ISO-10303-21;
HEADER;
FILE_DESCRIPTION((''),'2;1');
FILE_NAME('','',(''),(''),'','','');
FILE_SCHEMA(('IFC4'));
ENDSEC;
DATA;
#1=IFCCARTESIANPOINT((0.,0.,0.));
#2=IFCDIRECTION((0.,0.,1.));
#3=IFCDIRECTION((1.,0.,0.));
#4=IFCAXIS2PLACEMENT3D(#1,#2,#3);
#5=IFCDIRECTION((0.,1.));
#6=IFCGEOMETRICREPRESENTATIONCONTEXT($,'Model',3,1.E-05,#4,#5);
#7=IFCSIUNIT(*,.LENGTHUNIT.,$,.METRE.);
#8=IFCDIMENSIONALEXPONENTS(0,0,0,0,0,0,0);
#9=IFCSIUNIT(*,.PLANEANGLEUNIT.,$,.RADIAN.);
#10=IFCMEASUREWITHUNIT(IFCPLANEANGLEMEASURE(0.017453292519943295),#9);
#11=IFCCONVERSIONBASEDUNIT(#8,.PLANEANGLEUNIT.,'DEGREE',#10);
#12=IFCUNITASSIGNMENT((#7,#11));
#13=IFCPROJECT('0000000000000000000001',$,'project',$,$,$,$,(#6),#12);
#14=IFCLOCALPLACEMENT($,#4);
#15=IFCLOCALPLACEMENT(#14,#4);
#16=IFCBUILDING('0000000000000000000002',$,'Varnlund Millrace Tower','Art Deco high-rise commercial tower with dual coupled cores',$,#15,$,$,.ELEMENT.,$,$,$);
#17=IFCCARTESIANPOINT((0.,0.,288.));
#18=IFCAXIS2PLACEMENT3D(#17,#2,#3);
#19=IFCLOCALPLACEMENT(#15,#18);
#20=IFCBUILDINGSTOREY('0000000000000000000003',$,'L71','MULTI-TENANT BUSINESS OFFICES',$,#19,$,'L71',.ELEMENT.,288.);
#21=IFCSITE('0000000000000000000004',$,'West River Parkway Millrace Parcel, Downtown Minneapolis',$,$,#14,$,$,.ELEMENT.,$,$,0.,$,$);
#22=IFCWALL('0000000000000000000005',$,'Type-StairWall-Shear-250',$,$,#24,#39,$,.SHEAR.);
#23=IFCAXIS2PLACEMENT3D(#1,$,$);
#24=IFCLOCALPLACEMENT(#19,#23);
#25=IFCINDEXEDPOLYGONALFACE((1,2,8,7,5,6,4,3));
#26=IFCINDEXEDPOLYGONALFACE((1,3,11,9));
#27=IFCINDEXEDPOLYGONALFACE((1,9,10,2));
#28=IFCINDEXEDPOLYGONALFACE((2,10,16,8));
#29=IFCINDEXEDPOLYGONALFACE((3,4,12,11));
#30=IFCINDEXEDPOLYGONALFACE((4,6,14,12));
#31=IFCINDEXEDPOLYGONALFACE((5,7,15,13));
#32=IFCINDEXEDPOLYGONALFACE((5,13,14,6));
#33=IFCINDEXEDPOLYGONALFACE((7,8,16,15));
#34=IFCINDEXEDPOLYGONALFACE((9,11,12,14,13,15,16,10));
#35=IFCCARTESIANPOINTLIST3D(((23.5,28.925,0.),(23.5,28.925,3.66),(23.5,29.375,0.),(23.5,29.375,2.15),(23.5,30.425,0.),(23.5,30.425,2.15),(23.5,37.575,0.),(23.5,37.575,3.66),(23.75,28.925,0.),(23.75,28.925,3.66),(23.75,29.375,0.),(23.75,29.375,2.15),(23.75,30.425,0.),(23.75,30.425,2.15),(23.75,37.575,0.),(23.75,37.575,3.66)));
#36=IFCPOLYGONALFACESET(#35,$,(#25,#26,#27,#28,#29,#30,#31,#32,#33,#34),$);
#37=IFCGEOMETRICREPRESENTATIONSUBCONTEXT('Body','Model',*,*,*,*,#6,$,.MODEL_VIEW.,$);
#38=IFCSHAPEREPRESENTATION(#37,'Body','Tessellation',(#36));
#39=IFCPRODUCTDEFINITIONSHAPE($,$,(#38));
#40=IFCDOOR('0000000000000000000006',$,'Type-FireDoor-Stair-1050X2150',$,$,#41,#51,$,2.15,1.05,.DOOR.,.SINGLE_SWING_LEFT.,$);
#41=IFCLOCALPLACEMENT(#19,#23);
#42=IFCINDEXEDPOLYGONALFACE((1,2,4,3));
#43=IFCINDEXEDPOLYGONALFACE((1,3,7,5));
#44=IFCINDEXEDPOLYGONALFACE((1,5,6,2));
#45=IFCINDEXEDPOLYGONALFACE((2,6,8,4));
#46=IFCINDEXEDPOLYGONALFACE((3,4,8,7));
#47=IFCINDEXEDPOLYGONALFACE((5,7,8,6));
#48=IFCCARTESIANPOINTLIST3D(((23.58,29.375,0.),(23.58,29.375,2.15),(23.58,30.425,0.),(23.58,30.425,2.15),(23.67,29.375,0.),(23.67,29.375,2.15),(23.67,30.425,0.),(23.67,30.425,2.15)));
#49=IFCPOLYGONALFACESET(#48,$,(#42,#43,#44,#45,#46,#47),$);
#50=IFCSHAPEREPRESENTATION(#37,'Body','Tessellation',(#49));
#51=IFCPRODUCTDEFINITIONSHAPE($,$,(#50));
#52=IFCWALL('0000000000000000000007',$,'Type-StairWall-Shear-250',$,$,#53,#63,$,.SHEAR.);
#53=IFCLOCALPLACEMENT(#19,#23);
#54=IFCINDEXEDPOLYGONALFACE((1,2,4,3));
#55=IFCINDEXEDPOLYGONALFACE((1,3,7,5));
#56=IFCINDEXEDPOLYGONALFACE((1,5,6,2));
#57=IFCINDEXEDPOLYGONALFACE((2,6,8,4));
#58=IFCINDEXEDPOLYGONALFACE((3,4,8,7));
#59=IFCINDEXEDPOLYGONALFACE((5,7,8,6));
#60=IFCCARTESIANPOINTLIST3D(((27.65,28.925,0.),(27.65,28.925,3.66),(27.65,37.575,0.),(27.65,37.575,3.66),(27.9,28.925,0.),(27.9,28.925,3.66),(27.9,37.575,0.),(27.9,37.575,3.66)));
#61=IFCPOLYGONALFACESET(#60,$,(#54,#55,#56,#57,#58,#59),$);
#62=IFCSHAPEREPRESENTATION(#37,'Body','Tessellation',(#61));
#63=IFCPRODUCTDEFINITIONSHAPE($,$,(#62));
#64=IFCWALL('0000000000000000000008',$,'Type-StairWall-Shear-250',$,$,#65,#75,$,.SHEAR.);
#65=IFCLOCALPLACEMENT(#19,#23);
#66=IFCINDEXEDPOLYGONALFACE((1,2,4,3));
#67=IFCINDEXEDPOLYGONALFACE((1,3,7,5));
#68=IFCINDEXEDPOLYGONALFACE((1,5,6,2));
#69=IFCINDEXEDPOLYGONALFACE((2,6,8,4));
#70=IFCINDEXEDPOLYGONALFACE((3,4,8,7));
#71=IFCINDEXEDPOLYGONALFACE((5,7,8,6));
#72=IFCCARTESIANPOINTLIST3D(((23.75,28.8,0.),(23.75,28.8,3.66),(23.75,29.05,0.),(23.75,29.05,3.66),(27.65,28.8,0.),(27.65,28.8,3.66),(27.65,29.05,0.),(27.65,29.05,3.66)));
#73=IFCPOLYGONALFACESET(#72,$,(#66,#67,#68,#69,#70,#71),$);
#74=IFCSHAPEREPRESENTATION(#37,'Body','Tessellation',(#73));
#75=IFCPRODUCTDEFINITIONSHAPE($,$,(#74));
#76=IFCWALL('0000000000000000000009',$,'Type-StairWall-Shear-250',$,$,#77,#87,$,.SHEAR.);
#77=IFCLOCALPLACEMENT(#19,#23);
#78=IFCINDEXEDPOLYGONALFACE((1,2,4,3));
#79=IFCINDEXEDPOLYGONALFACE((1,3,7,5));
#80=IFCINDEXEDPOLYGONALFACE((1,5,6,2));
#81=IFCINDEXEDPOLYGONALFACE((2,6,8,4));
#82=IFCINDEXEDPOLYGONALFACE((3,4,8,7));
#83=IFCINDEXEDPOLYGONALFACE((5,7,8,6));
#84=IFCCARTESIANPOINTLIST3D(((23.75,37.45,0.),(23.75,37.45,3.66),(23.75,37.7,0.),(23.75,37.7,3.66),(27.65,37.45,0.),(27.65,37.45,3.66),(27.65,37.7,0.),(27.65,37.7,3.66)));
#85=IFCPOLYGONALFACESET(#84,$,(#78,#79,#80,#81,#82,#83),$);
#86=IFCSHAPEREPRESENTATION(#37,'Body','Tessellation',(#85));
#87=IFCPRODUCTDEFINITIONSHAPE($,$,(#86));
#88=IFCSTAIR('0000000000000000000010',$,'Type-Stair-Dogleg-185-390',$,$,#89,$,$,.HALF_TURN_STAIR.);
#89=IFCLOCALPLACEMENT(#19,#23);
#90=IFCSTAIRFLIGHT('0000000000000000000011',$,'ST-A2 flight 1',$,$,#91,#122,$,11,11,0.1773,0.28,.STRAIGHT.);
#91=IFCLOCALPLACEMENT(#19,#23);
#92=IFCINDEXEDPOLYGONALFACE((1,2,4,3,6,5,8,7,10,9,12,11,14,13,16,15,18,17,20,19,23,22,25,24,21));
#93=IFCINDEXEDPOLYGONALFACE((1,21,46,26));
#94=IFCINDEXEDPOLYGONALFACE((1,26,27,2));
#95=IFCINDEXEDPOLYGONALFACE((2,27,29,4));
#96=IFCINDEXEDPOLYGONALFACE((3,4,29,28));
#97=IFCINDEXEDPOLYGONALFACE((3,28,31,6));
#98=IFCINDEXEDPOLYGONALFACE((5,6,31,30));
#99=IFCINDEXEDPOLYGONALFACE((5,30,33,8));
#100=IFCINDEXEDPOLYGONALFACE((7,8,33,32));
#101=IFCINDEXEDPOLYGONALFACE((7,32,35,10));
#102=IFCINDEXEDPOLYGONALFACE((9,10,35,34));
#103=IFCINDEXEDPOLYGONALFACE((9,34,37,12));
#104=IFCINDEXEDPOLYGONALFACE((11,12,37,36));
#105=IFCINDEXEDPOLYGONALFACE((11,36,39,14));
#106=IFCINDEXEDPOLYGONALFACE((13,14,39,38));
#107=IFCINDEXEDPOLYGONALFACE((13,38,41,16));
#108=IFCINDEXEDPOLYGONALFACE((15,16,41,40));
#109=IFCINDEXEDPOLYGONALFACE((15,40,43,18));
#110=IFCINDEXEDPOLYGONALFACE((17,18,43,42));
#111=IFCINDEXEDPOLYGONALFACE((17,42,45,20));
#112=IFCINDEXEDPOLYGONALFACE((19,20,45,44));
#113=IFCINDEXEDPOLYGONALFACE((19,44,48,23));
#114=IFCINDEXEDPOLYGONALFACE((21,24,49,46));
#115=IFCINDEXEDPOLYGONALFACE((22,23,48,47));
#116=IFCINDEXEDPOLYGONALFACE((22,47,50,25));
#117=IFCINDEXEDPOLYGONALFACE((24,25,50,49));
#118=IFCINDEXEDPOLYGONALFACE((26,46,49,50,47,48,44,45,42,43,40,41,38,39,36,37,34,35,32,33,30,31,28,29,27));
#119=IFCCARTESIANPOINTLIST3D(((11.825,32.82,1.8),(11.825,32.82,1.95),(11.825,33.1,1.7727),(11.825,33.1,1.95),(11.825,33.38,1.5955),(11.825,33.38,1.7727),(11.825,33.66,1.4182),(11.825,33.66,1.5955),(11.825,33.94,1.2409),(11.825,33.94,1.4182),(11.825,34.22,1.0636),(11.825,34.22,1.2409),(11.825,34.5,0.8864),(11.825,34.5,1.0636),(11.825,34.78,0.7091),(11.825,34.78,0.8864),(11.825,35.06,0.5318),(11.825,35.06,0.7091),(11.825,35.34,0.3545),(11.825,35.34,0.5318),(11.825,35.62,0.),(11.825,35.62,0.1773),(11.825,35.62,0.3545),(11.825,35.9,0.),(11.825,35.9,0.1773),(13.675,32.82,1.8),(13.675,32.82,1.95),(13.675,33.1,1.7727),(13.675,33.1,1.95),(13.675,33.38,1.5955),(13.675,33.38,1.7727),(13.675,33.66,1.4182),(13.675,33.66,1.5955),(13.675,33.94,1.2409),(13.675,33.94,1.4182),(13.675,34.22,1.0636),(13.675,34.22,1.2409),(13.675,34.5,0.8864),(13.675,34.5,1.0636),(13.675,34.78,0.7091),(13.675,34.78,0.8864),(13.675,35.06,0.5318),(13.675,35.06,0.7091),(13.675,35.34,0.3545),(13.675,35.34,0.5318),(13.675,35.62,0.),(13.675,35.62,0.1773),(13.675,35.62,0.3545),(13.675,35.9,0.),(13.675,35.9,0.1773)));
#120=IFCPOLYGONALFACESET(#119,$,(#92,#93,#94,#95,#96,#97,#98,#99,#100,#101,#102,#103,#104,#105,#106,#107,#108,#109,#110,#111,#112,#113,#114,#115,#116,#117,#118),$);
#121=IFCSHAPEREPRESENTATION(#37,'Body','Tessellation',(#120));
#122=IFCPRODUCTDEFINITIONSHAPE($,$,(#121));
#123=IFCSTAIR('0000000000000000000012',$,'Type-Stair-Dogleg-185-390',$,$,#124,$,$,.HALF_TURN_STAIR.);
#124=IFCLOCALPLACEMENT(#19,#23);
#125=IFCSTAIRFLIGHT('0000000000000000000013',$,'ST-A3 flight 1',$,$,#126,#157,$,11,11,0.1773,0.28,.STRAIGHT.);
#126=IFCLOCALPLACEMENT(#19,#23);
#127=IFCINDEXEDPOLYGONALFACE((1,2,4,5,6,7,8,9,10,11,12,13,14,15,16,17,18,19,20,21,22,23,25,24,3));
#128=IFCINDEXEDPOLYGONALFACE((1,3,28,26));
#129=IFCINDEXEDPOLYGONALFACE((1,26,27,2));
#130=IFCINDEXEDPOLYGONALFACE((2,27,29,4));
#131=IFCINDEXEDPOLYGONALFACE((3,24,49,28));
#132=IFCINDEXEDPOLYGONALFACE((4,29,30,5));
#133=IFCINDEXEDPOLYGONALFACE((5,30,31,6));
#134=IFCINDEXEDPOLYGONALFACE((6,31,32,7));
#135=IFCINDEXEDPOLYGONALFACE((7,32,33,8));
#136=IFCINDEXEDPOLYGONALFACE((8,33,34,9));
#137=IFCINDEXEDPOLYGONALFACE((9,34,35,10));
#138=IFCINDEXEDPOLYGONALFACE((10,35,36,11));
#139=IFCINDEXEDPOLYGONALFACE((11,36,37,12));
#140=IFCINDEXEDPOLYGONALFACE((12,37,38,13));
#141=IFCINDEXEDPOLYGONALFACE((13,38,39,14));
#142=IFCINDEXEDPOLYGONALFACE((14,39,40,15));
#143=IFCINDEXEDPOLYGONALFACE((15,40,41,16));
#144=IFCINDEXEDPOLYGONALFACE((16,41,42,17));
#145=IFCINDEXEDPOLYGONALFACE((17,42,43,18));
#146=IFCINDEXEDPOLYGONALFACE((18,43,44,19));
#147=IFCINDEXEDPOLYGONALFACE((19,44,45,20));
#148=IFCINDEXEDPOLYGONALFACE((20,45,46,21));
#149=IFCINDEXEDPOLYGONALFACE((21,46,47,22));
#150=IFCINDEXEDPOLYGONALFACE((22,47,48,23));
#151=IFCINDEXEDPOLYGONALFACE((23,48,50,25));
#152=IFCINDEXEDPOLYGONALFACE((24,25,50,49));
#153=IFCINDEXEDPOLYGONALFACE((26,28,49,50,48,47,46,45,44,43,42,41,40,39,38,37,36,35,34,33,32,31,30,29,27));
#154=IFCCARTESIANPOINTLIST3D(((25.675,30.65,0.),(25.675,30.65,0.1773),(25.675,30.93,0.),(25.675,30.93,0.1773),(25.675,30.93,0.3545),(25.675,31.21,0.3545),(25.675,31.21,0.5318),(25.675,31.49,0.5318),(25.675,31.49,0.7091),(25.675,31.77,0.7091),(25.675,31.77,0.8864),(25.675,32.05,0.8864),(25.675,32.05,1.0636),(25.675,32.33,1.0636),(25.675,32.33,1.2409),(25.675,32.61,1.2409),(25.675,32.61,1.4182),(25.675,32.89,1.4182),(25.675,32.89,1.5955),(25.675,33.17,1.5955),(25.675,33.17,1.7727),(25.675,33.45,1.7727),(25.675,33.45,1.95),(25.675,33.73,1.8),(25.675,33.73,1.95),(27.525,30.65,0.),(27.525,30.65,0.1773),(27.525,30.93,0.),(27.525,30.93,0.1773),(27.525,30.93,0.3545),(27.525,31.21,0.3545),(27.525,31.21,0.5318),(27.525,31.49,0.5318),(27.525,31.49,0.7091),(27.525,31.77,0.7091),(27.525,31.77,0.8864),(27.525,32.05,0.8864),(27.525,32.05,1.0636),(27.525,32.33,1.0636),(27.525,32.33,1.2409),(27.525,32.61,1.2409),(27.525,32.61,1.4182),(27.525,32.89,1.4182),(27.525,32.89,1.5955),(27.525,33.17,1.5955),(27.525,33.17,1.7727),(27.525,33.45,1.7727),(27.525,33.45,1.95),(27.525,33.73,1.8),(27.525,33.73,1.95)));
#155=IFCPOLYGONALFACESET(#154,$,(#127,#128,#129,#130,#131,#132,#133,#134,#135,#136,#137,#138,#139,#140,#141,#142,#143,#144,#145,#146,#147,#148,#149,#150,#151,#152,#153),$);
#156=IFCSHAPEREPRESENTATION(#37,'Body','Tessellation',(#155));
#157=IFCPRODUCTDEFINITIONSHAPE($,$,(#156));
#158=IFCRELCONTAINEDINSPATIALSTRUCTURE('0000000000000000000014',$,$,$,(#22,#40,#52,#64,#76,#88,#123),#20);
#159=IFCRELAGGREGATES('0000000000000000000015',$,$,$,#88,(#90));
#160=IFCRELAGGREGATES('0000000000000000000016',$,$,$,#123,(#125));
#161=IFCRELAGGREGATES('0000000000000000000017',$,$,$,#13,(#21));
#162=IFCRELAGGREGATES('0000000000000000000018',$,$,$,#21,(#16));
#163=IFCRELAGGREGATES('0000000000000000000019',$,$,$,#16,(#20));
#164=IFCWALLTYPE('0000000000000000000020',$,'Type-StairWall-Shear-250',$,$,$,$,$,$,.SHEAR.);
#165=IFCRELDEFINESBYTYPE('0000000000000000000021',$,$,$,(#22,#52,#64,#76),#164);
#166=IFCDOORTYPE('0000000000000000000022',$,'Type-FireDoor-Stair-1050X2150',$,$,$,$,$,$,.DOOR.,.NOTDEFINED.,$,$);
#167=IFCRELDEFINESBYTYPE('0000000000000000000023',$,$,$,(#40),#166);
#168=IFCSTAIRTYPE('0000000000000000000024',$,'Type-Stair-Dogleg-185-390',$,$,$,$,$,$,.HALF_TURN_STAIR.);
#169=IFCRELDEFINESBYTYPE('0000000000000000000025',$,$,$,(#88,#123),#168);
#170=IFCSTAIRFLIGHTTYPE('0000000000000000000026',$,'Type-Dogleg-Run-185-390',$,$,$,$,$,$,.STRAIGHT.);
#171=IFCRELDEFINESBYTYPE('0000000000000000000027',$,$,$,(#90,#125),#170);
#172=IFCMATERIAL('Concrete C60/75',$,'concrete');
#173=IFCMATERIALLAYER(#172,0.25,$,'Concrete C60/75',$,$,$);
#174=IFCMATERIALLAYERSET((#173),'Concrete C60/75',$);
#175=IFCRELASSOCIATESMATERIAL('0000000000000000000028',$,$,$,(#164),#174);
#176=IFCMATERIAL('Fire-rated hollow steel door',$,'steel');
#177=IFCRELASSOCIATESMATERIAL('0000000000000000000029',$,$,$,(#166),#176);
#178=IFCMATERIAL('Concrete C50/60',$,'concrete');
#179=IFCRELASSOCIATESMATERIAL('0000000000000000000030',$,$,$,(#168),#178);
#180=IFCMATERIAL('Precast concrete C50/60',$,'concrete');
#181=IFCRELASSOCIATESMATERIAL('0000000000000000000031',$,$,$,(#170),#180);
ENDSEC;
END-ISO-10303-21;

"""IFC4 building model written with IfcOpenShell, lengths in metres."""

from ifc_helpers import new_model, entity, si_unit, converted_unit, direction, frame, origin_with_axes, origin_2d_with_axis, place, context, subcontext, project, spatial, polyline, rectangle, outline, extrude, material, layer, layer_set, type_object, element, fill, aggregate, save


model = new_model("IFC4")

# Units and contexts
model_context = context("Model", 3, precision=1e-05, world=origin_with_axes(), true_north=direction((0.0, 1.0)))
body_context = subcontext(model_context, "Body", "Model", "MODEL_VIEW")
ifc_project = project(units=[si_unit("LENGTHUNIT", "METRE"), converted_unit("PLANEANGLEUNIT", "DEGREE", entity("IfcPlaneAngleMeasure", 0.017453292519943295), si_unit("PLANEANGLEUNIT", "RADIAN"), dimensions=[0, 0, 0, 0, 0, 0, 0])], contexts=[model_context])

# Site, building, storey
site_placement = place(None, origin_with_axes())
site = spatial("IfcSite", under=ifc_project, at=site_placement, Name="West River Parkway Millrace Parcel, Downtown Minneapolis", CompositionType="ELEMENT", RefElevation=0.0)
building_placement = place(site_placement, origin_with_axes())
building = spatial("IfcBuilding", under=site, at=building_placement, Name="Varnlund Millrace Tower", Description="Art Deco high-rise commercial tower with dual coupled cores", CompositionType="ELEMENT")
storey_placement = place(building_placement, frame((0.0, 0.0, 288.0), z_axis=(0.0, 0.0, 1.0), x_axis=(1.0, 0.0, 0.0)))
storey = spatial("IfcBuildingStorey", under=building, at=storey_placement, Name="L71", Description="MULTI-TENANT BUSINESS OFFICES", LongName="L71", CompositionType="ELEMENT", Elevation=288.0)

# Shared definitions
ifc_material_1 = material(Name="Concrete C60/75", Category="concrete")

# Shared definitions
ifc_layer_1 = layer(ifc_material_1, 0.25, Name="Concrete C60/75")
ifc_layer_set_1 = layer_set([ifc_layer_1], Name="Concrete C60/75")

# Shared definitions
wall_type_1 = type_object("IfcWallType", Name="Type-StairWall-Shear-250", PredefinedType="SHEAR", material=ifc_layer_set_1)

# Wall, opening, door
wall_1_placement = place(storey_placement, frame((23.625, 28.925, 0.0), z_axis=(0.0, 0.0, 1.0), x_axis=(0.0, 1.0, 0.0)))
wall_1 = element("IfcWall", 1, at=wall_1_placement, inside=storey, type_object=wall_type_1, Name="Type-StairWall-Shear-250", PredefinedType="SHEAR", context=body_context, shape_type="SweptSolid", body=[
    extrude(outline(polyline([(0.0, -0.125), (8.65, -0.125), (8.65, 0.125), (0.0, 0.125), (0.0, -0.125)])), origin_with_axes(), (0.0, 0.0, 1.0), 3.66),
])
opening_1_placement = place(wall_1_placement, frame((0.975, 0.0, 0.0), z_axis=(0.0, 0.0, 1.0), x_axis=(1.0, 0.0, 0.0)))
opening_1 = element("IfcOpeningElement", 2, at=opening_1_placement, cuts=wall_1, PredefinedType="OPENING", context=body_context, shape_type="SweptSolid", body=[
    extrude(rectangle(XDim=1.05, YDim=0.27, at=origin_2d_with_axis()), origin_with_axes(), (0.0, 0.0, 1.0), 2.15),
])
ifc_material_2 = material(Name="Fire-rated hollow steel door", Category="steel")
door_type_1 = type_object("IfcDoorType", Name="Type-FireDoor-Stair-1050X2150", OperationType="NOTDEFINED", PredefinedType="DOOR", material=ifc_material_2)
door_1_placement = place(wall_1_placement, frame((0.975, 0.0, 0.0), z_axis=(0.0, 0.0, 1.0), x_axis=(1.0, 0.0, 0.0)))
door_1 = element("IfcDoor", 3, at=door_1_placement, inside=storey, type_object=door_type_1, Name="Type-FireDoor-Stair-1050X2150", OperationType="SINGLE_SWING_LEFT", OverallHeight=2.15, OverallWidth=1.05, PredefinedType="DOOR", context=body_context, shape_type="SweptSolid", body=[
    extrude(rectangle(XDim=1.05, YDim=0.09, at=origin_2d_with_axis()), origin_with_axes(), (0.0, 0.0, 1.0), 2.15),
])
fill(opening_1, door_1)

# Walls
wall_2_placement = place(storey_placement, frame((27.775, 28.925, 0.0), z_axis=(0.0, 0.0, 1.0), x_axis=(0.0, 1.0, 0.0)))
element("IfcWall", 4, at=wall_2_placement, inside=storey, type_object=wall_type_1, Name="Type-StairWall-Shear-250", PredefinedType="SHEAR", context=body_context, shape_type="SweptSolid", body=[
    extrude(outline(polyline([(0.0, -0.125), (8.65, -0.125), (8.65, 0.125), (0.0, 0.125), (0.0, -0.125)])), origin_with_axes(), (0.0, 0.0, 1.0), 3.66),
])
for number, where, z_axis, x_axis, name in (
    (5, (23.75, 28.925, 0.0), (0.0, 0.0, 1.0), (1.0, 0.0, 0.0), "Type-StairWall-Shear-250"),
    (6, (23.75, 37.575, 0.0), (0.0, 0.0, 1.0), (1.0, 0.0, 0.0), "Type-StairWall-Shear-250"),
):
    element("IfcWall", number, at=place(storey_placement, frame(where, z_axis=z_axis, x_axis=x_axis)), inside=storey, type_object=wall_type_1, Name=name, PredefinedType="SHEAR", context=body_context, shape_type="SweptSolid", body=[
        extrude(outline(polyline([(0.0, -0.125), (3.9, -0.125), (3.9, 0.125), (0.0, 0.125), (0.0, -0.125)])), origin_with_axes(), (0.0, 0.0, 1.0), 3.66),
    ])

# Stairs, stair flights
ifc_material_3 = material(Name="Concrete C50/60", Category="concrete")
stair_type = type_object("IfcStairType", Name="Type-Stair-Dogleg-185-390", PredefinedType="HALF_TURN_STAIR", material=ifc_material_3)
stair_1_placement = place(storey_placement, origin_with_axes())
stair_1 = element("IfcStair", 7, at=stair_1_placement, inside=storey, type_object=stair_type, Name="Type-Stair-Dogleg-185-390", PredefinedType="HALF_TURN_STAIR")
ifc_material_4 = material(Name="Precast concrete C50/60", Category="concrete")
stair_flight_type = type_object("IfcStairFlightType", Name="Type-Dogleg-Run-185-390", PredefinedType="STRAIGHT", material=ifc_material_4)
stair_flight_1_placement = place(storey_placement, frame((13.675, 35.9, 0.0), z_axis=(-1.0, 0.0, 0.0), x_axis=(0.0, -1.0, 0.0)))
stair_flight_1 = element("IfcStairFlight", 8, at=stair_flight_1_placement, type_object=stair_flight_type, Name="ST-A2 flight 1", NumberOfRisers=11, NumberOfTreads=11, PredefinedType="STRAIGHT", RiserHeight=0.1773, TreadLength=0.28, context=body_context, shape_type="SweptSolid", body=[
    extrude(outline(polyline([(0.0, 0.0), (0.0, 0.1773), (0.28, 0.1773), (0.28, 0.3545), (0.56, 0.3545), (0.56, 0.5318), (0.84, 0.5318), (0.84, 0.7091), (1.12, 0.7091), (1.12, 0.8864), (1.4, 0.8864), (1.4, 1.0636), (1.68, 1.0636), (1.68, 1.2409), (1.96, 1.2409), (1.96, 1.4182), (2.24, 1.4182), (2.24, 1.5955), (2.52, 1.5955), (2.52, 1.7727), (2.8, 1.7727), (2.8, 1.95), (3.08, 1.95), (3.08, 1.8), (0.28, 0.0), (0.0, 0.0)])), origin_with_axes(), (0.0, 0.0, 1.0), 1.85),
])
aggregate(stair_1, [stair_flight_1])
stair_2_placement = place(storey_placement, origin_with_axes())
stair_2 = element("IfcStair", 9, at=stair_2_placement, inside=storey, type_object=stair_type, Name="Type-Stair-Dogleg-185-390", PredefinedType="HALF_TURN_STAIR")
stair_flight_2_placement = place(storey_placement, frame((25.675, 30.65, 0.0), z_axis=(1.0, 0.0, 0.0), x_axis=(0.0, 1.0, 0.0)))
stair_flight_2 = element("IfcStairFlight", 10, at=stair_flight_2_placement, type_object=stair_flight_type, Name="ST-A3 flight 1", NumberOfRisers=11, NumberOfTreads=11, PredefinedType="STRAIGHT", RiserHeight=0.1773, TreadLength=0.28, context=body_context, shape_type="SweptSolid", body=[
    extrude(outline(polyline([(0.0, 0.0), (0.0, 0.1773), (0.28, 0.1773), (0.28, 0.3545), (0.56, 0.3545), (0.56, 0.5318), (0.84, 0.5318), (0.84, 0.7091), (1.12, 0.7091), (1.12, 0.8864), (1.4, 0.8864), (1.4, 1.0636), (1.68, 1.0636), (1.68, 1.2409), (1.96, 1.2409), (1.96, 1.4182), (2.24, 1.4182), (2.24, 1.5955), (2.52, 1.5955), (2.52, 1.7727), (2.8, 1.7727), (2.8, 1.95), (3.08, 1.95), (3.08, 1.8), (0.28, 0.0), (0.0, 0.0)])), origin_with_axes(), (0.0, 0.0, 1.0), 1.85),
])
aggregate(stair_2, [stair_flight_2])

save(model, "model.ifc")
